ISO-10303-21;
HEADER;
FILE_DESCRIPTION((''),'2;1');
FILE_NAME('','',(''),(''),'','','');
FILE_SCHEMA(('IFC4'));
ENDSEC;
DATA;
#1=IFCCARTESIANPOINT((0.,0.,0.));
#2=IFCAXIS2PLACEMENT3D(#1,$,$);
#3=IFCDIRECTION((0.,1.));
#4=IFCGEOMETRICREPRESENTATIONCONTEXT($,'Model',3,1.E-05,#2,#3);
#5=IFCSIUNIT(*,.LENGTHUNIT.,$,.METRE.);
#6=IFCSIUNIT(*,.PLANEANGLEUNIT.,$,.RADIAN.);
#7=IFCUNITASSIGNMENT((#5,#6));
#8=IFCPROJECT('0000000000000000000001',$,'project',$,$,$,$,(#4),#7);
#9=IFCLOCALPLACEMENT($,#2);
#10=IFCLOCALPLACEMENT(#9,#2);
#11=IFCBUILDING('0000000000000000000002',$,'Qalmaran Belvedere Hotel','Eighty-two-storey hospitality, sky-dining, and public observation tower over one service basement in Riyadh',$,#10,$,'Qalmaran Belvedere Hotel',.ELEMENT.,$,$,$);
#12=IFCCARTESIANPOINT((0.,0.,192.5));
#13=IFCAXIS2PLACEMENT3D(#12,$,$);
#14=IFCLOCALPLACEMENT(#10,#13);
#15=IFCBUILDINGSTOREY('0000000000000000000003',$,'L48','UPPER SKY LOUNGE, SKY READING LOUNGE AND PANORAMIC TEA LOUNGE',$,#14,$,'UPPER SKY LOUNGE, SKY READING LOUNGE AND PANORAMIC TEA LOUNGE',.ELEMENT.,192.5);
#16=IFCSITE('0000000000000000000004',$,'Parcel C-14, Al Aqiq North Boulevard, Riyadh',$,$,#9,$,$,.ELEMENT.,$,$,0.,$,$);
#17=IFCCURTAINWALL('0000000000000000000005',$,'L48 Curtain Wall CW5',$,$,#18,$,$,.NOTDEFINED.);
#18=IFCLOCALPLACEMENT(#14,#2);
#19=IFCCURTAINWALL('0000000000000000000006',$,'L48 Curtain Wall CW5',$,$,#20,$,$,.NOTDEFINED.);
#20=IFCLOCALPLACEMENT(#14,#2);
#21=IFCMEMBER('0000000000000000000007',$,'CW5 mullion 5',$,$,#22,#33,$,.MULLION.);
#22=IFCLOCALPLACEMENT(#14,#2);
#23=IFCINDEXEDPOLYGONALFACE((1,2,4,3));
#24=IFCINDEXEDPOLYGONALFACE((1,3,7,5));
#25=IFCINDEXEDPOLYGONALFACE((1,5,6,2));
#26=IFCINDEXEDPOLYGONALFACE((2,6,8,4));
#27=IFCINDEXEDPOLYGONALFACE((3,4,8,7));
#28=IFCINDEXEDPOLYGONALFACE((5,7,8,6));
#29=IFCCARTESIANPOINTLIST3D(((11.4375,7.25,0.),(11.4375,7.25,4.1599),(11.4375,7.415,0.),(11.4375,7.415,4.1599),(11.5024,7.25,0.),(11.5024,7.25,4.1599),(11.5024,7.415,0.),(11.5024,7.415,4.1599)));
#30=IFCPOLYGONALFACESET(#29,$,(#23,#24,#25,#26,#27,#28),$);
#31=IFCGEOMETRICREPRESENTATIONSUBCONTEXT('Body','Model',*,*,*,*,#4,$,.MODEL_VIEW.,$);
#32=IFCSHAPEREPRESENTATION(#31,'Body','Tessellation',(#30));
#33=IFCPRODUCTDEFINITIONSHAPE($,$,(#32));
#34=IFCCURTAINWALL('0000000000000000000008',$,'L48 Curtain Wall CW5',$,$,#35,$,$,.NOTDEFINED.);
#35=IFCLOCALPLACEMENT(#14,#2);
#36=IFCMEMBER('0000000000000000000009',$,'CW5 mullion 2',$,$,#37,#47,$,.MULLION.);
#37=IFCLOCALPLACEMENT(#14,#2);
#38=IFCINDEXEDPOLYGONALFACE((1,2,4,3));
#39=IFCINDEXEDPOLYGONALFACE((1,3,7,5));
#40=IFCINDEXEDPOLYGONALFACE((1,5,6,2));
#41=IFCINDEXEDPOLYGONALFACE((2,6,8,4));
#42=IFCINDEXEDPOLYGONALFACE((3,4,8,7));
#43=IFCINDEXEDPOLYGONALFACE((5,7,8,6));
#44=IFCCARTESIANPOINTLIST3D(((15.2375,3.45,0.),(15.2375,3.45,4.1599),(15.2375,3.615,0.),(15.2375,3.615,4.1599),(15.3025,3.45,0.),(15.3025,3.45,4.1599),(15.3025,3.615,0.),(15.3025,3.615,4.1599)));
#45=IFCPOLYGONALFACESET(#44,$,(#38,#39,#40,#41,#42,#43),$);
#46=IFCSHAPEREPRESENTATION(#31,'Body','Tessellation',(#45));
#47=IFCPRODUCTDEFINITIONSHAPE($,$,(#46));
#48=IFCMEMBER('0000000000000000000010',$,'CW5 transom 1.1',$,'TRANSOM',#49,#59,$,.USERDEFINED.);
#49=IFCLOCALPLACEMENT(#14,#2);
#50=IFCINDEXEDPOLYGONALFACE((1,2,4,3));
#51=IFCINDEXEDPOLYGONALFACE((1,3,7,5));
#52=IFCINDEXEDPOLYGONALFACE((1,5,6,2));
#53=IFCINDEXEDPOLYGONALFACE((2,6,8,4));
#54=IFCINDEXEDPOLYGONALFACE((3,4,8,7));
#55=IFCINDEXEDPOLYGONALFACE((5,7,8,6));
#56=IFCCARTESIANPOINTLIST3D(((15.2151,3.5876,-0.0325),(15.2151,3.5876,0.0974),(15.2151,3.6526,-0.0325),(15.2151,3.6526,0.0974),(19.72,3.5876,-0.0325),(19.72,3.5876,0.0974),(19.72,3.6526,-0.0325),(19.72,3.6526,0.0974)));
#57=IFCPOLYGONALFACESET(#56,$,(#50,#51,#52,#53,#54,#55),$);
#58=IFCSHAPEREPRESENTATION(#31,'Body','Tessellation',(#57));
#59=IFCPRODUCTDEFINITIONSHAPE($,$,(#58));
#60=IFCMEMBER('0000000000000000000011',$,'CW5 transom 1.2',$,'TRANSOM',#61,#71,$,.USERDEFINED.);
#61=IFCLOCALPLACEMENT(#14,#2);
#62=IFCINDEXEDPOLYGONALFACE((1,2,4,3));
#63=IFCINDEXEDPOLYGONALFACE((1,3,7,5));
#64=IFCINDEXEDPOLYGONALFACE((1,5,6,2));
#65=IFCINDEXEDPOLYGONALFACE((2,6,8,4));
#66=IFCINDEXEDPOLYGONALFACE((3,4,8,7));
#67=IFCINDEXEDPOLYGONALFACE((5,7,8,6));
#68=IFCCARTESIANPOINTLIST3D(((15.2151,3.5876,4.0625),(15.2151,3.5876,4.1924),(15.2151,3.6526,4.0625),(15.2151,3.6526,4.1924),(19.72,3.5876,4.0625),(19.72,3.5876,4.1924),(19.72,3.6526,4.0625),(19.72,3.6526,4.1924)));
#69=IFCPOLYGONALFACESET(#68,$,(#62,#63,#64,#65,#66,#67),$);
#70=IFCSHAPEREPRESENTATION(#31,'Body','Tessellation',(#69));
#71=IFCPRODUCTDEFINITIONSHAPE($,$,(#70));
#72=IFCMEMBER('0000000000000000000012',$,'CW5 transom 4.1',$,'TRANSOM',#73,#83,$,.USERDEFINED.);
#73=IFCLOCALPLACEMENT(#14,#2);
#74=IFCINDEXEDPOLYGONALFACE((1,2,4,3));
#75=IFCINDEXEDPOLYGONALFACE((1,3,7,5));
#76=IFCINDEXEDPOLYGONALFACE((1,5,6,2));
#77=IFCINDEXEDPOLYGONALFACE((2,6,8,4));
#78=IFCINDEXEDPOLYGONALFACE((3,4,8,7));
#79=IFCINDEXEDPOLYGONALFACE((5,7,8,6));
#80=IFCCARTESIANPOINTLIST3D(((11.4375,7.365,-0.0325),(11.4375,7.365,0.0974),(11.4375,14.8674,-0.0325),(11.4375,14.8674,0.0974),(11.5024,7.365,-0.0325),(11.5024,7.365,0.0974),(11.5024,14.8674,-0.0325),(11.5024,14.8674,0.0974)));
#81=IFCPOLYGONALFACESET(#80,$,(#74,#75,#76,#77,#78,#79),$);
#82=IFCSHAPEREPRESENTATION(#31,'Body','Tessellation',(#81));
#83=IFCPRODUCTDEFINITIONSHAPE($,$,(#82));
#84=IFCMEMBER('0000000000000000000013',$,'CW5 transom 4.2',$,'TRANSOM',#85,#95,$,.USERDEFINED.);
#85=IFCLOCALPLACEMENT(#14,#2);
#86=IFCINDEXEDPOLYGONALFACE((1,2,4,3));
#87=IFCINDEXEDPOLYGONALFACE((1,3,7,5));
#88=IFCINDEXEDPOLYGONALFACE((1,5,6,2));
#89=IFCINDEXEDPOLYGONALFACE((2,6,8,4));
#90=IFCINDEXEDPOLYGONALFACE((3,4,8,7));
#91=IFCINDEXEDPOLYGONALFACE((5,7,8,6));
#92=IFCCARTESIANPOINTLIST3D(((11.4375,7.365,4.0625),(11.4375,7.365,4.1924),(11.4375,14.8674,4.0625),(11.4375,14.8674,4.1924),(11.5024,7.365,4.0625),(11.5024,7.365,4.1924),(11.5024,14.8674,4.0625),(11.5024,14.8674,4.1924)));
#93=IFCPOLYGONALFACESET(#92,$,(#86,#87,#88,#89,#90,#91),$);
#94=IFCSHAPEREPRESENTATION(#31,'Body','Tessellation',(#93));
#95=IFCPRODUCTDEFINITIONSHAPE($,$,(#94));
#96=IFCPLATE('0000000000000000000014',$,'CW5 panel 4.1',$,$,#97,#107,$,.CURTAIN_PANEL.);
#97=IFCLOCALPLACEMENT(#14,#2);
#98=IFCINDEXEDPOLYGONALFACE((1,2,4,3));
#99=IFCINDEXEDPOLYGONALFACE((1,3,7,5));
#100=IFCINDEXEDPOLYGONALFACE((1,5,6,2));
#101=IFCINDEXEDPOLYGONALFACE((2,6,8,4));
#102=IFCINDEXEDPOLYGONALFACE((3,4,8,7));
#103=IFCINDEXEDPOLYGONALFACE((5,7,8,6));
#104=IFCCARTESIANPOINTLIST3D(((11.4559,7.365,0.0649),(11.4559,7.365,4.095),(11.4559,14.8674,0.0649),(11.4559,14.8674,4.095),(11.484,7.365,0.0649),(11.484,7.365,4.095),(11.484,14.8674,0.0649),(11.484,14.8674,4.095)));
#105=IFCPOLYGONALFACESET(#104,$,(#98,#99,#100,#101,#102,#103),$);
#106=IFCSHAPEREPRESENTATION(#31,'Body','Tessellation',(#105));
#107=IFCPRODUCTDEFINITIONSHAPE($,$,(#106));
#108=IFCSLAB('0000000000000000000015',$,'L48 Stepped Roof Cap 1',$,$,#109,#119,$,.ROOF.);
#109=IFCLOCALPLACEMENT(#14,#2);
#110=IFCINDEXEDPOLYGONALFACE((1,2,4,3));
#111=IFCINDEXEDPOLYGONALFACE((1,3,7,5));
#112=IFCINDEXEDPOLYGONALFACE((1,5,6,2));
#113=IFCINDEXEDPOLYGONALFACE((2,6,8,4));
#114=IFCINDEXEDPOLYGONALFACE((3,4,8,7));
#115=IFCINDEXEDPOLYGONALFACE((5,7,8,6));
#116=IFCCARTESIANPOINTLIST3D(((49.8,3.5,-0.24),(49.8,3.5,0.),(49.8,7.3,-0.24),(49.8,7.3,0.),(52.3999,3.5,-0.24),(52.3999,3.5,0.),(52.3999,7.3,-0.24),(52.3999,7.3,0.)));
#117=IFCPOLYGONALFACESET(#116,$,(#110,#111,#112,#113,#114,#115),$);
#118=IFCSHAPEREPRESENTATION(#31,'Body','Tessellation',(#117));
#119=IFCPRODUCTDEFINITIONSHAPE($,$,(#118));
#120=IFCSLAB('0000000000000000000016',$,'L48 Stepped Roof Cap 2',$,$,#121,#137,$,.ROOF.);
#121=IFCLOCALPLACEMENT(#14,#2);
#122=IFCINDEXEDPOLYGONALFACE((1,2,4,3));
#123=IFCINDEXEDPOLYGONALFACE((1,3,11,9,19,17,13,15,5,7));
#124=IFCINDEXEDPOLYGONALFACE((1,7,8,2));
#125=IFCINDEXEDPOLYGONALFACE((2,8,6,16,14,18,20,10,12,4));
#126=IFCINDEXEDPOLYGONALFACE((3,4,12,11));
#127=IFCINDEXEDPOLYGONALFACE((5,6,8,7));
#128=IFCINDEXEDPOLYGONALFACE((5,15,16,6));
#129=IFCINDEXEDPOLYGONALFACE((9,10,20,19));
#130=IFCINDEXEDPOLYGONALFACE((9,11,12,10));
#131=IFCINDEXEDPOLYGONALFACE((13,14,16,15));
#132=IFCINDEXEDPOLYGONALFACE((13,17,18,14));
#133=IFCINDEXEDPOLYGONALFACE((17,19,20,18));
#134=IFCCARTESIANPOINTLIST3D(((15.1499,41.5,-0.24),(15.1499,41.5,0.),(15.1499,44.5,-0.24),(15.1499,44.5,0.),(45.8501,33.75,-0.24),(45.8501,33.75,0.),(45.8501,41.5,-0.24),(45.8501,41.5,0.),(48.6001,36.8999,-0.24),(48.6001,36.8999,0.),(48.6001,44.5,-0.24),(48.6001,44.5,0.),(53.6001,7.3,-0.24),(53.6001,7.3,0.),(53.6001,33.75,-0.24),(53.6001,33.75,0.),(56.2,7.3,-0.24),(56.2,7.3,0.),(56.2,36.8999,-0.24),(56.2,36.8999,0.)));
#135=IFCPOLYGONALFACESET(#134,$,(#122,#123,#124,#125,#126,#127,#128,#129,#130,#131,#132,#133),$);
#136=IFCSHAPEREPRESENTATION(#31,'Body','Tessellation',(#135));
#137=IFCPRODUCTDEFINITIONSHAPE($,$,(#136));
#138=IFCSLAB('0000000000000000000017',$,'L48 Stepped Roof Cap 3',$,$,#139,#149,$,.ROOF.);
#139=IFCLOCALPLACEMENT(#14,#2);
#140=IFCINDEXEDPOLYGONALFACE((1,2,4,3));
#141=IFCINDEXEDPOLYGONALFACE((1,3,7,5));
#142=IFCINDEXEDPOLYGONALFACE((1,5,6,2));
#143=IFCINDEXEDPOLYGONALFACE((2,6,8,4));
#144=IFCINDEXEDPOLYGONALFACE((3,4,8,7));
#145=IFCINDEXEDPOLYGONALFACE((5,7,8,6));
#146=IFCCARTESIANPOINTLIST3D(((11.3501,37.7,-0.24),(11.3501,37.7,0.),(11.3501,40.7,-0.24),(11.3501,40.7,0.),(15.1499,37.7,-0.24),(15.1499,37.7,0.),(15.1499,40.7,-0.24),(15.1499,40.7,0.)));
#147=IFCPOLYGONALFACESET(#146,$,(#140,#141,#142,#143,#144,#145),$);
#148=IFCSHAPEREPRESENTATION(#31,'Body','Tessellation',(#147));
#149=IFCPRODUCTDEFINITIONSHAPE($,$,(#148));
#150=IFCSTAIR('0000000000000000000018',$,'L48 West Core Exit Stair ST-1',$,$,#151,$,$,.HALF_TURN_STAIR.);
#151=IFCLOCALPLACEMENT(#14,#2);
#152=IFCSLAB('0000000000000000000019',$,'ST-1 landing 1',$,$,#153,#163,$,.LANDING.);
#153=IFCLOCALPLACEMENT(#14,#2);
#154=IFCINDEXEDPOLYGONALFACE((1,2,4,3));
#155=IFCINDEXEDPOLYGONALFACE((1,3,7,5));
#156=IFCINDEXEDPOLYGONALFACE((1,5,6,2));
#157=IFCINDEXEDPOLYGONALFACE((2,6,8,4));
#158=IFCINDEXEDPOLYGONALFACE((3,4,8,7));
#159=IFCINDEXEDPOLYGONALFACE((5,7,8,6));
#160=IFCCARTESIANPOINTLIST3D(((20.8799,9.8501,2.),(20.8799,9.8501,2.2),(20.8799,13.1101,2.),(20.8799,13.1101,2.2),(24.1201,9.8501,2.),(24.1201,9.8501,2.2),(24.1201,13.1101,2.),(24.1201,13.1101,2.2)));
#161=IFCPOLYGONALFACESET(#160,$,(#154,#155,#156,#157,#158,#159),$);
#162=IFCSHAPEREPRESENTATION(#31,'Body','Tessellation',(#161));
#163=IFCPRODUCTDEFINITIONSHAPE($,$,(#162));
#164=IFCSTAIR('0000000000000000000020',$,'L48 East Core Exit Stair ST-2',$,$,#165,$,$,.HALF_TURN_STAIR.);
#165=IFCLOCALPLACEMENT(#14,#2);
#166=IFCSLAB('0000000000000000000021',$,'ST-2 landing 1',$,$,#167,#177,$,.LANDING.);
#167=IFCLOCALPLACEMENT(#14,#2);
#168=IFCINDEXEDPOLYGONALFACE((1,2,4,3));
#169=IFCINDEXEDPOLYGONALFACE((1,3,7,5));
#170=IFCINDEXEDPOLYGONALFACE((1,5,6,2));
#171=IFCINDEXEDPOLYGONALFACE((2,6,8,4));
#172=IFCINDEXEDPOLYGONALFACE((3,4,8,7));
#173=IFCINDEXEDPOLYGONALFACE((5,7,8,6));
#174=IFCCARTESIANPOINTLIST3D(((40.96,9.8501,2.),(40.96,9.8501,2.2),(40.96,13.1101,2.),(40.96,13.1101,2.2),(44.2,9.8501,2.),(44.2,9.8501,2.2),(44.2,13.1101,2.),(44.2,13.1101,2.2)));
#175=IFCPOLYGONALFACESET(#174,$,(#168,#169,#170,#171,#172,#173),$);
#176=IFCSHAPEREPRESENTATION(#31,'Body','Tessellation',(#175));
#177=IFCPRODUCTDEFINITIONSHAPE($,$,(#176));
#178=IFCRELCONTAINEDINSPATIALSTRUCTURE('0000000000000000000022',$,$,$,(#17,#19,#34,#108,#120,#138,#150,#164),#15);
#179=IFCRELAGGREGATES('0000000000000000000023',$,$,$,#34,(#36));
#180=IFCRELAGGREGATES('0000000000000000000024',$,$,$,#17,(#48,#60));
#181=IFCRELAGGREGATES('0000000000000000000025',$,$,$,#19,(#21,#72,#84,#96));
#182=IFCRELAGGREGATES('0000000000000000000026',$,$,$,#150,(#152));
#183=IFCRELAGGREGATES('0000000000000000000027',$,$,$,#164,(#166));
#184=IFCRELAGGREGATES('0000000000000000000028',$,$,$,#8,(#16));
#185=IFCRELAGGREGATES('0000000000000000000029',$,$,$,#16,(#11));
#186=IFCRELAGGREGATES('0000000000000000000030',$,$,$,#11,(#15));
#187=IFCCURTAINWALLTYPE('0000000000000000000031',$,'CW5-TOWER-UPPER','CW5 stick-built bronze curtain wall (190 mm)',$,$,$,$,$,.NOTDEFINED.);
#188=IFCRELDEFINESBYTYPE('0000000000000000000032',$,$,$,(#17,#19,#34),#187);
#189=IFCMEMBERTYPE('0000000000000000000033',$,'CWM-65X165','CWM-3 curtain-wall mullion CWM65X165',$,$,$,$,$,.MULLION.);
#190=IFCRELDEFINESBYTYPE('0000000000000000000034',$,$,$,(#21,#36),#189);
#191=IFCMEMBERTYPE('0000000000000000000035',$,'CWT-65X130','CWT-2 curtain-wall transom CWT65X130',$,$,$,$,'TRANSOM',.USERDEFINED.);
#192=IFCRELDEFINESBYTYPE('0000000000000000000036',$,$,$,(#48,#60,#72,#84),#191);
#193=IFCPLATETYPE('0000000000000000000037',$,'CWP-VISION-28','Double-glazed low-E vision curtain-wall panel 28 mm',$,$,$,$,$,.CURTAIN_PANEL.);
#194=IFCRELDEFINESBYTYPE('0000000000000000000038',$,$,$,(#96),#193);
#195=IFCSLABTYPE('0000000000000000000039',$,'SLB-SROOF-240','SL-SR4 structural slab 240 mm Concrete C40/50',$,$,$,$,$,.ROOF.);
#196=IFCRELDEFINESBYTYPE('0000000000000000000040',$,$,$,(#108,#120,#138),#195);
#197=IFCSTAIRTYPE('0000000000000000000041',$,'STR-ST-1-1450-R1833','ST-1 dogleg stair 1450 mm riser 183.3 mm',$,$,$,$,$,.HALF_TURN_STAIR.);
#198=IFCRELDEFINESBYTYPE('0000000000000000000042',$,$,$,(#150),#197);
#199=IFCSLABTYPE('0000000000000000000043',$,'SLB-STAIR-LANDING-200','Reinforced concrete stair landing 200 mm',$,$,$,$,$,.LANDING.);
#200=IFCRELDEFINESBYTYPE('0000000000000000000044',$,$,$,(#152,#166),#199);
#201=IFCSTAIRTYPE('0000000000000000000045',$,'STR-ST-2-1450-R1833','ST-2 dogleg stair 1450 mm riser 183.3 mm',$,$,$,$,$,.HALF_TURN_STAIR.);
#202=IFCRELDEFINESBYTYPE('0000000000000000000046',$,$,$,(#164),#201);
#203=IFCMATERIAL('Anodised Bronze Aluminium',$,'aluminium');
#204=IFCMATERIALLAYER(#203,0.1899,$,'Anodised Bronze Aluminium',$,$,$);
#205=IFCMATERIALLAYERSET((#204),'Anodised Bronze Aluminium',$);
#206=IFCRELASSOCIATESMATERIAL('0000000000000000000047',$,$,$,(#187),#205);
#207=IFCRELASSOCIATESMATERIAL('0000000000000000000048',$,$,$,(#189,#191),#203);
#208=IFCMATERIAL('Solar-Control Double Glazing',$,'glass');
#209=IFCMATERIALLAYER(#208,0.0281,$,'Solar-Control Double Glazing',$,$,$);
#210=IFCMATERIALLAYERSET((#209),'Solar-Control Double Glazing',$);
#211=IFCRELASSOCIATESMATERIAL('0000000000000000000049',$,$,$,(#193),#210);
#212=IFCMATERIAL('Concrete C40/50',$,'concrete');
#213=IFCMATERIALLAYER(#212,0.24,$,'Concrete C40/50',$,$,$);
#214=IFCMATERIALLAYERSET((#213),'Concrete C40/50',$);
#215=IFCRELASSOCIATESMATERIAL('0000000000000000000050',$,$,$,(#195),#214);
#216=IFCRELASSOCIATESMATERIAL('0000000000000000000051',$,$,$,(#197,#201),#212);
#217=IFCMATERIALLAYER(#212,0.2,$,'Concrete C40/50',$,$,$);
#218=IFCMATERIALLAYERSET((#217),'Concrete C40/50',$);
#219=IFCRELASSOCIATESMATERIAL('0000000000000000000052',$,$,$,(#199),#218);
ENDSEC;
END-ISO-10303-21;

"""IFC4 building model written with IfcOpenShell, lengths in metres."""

from ifc_helpers import new_model, si_unit, direction, frame, origin, origin_2d, place, context, subcontext, project, spatial, polyline, rectangle, outline, extrude, material, layer, layer_set, material_profile, profile_set, type_object, element, aggregate, save


model = new_model("IFC4")

# Units and contexts
model_context = context("Model", 3, precision=1e-05, world=origin(), true_north=direction((0.0, 1.0)))
body_context = subcontext(model_context, "Body", "Model", "MODEL_VIEW")
ifc_project = project(units=[si_unit("LENGTHUNIT", "METRE"), si_unit("PLANEANGLEUNIT", "RADIAN")], contexts=[model_context])

# Site, building, storey
site_placement = place(None, origin())
site = spatial("IfcSite", under=ifc_project, at=site_placement, Name="Parcel C-14, Al Aqiq North Boulevard, Riyadh", CompositionType="ELEMENT", RefElevation=0.0)
building_placement = place(site_placement, origin())
building = spatial("IfcBuilding", under=site, at=building_placement, Name="Qalmaran Belvedere Hotel", Description="Eighty-two-storey hospitality, sky-dining, and public observation tower over one service basement in Riyadh", LongName="Qalmaran Belvedere Hotel", CompositionType="ELEMENT")
storey_placement = place(building_placement, frame((0.0, 0.0, 192.5)))
storey = spatial("IfcBuildingStorey", under=building, at=storey_placement, Name="L48", Description="UPPER SKY LOUNGE, SKY READING LOUNGE AND PANORAMIC TEA LOUNGE", LongName="UPPER SKY LOUNGE, SKY READING LOUNGE AND PANORAMIC TEA LOUNGE", CompositionType="ELEMENT", Elevation=192.5)

# Curtain wall
ifc_material_1 = material(Name="Anodised Bronze Aluminium", Category="aluminium")
ifc_layer_1 = layer(ifc_material_1, 0.1899, Name="Anodised Bronze Aluminium")
ifc_layer_set_1 = layer_set([ifc_layer_1], Name="Anodised Bronze Aluminium")
curtain_wall_type = type_object("IfcCurtainWallType", Name="CW5-TOWER-UPPER", Description="CW5 stick-built bronze curtain wall (190 mm)", PredefinedType="NOTDEFINED", material=ifc_layer_set_1)
curtain_wall_1_placement = place(storey_placement, origin())
curtain_wall_1 = element("IfcCurtainWall", 1, at=curtain_wall_1_placement, inside=storey, type_object=curtain_wall_type, Name="L48 Curtain Wall CW5", PredefinedType="NOTDEFINED")
ifc_material_profile_1 = material_profile(ifc_material_1, rectangle(XDim=0.0649, YDim=0.165, at=origin_2d()), Name="CWM65X165")
ifc_profile_set_1 = profile_set([ifc_material_profile_1], Name="Anodised Bronze Aluminium")
member_type_1 = type_object("IfcMemberType", Name="CWM-65X165", Description="CWM-3 curtain-wall mullion CWM65X165", PredefinedType="MULLION", material=ifc_profile_set_1)

# Curtain wall, member
curtain_wall_2_placement = place(storey_placement, origin())
curtain_wall_2 = element("IfcCurtainWall", 2, at=curtain_wall_2_placement, inside=storey, type_object=curtain_wall_type, Name="L48 Curtain Wall CW5", PredefinedType="NOTDEFINED")
member_1_placement = place(storey_placement, frame((11.47, 7.3325, 0.0), z_axis=(0.0, 0.0, 1.0), x_axis=(1.0, 0.0, 0.0)))
member_1 = element("IfcMember", 3, at=member_1_placement, type_object=member_type_1, Name="CW5 mullion 5", PredefinedType="MULLION", context=body_context, shape_type="SweptSolid", body=[
    extrude(rectangle(XDim=0.0649, YDim=0.165, at=origin_2d()), origin(), (0.0, 0.0, 1.0), 4.1599),
])

# Curtain wall, member
curtain_wall_3_placement = place(storey_placement, origin())
curtain_wall_3 = element("IfcCurtainWall", 4, at=curtain_wall_3_placement, inside=storey, type_object=curtain_wall_type, Name="L48 Curtain Wall CW5", PredefinedType="NOTDEFINED")
member_2_placement = place(storey_placement, frame((15.27, 3.5325, 0.0), z_axis=(0.0, 0.0, 1.0), x_axis=(1.0, 0.0, 0.0)))
member_2 = element("IfcMember", 5, at=member_2_placement, type_object=member_type_1, Name="CW5 mullion 2", PredefinedType="MULLION", context=body_context, shape_type="SweptSolid", body=[
    extrude(rectangle(XDim=0.0649, YDim=0.165, at=origin_2d()), origin(), (0.0, 0.0, 1.0), 4.1599),
])
aggregate(curtain_wall_3, [member_2])

# Members
ifc_material_profile_2 = material_profile(ifc_material_1, rectangle(XDim=0.0649, YDim=0.1299, at=origin_2d()), Name="CWT65X130")
ifc_profile_set_2 = profile_set([ifc_material_profile_2], Name="Anodised Bronze Aluminium")
member_type_2 = type_object("IfcMemberType", Name="CWT-65X130", Description="CWT-2 curtain-wall transom CWT65X130", ElementType="TRANSOM", PredefinedType="USERDEFINED", material=ifc_profile_set_2)
member_3_placement = place(storey_placement, frame((15.2151, 3.6201, 0.0325), z_axis=(1.0, 0.0, 0.0), x_axis=(0.0, 1.0, 0.0)))
member_3 = element("IfcMember", 6, at=member_3_placement, type_object=member_type_2, Name="CW5 transom 1.1", ObjectType="TRANSOM", PredefinedType="USERDEFINED", context=body_context, shape_type="SweptSolid", body=[
    extrude(rectangle(XDim=0.0649, YDim=0.1299, at=origin_2d()), origin(), (0.0, 0.0, 1.0), 4.5049),
])
member_4_placement = place(storey_placement, frame((15.2151, 3.6201, 4.1274), z_axis=(1.0, 0.0, 0.0), x_axis=(0.0, 1.0, 0.0)))
member_4 = element("IfcMember", 7, at=member_4_placement, type_object=member_type_2, Name="CW5 transom 1.2", ObjectType="TRANSOM", PredefinedType="USERDEFINED", context=body_context, shape_type="SweptSolid", body=[
    extrude(rectangle(XDim=0.0649, YDim=0.1299, at=origin_2d()), origin(), (0.0, 0.0, 1.0), 4.5049),
])
aggregate(curtain_wall_1, [member_3, member_4])
member_5_placement = place(storey_placement, frame((11.47, 14.8674, 0.0325), z_axis=(0.0, -1.0, 0.0), x_axis=(1.0, 0.0, 0.0)))
member_5 = element("IfcMember", 8, at=member_5_placement, type_object=member_type_2, Name="CW5 transom 4.1", ObjectType="TRANSOM", PredefinedType="USERDEFINED", context=body_context, shape_type="SweptSolid", body=[
    extrude(rectangle(XDim=0.0649, YDim=0.1299, at=origin_2d()), origin(), (0.0, 0.0, 1.0), 7.5024),
])
member_6_placement = place(storey_placement, frame((11.47, 14.8674, 4.1274), z_axis=(0.0, -1.0, 0.0), x_axis=(1.0, 0.0, 0.0)))
member_6 = element("IfcMember", 9, at=member_6_placement, type_object=member_type_2, Name="CW5 transom 4.2", ObjectType="TRANSOM", PredefinedType="USERDEFINED", context=body_context, shape_type="SweptSolid", body=[
    extrude(rectangle(XDim=0.0649, YDim=0.1299, at=origin_2d()), origin(), (0.0, 0.0, 1.0), 7.5024),
])

# Plate
ifc_material_2 = material(Name="Solar-Control Double Glazing", Category="glass")
ifc_layer_2 = layer(ifc_material_2, 0.0281, Name="Solar-Control Double Glazing")
ifc_layer_set_2 = layer_set([ifc_layer_2], Name="Solar-Control Double Glazing")
plate_type = type_object("IfcPlateType", Name="CWP-VISION-28", Description="Double-glazed low-E vision curtain-wall panel 28 mm", PredefinedType="CURTAIN_PANEL", material=ifc_layer_set_2)
plate_placement = place(storey_placement, frame((11.47, 11.1162, 0.0649), z_axis=(0.0, 0.0, 1.0), x_axis=(0.0, -1.0, 0.0)))
plate = element("IfcPlate", 10, at=plate_placement, type_object=plate_type, Name="CW5 panel 4.1", PredefinedType="CURTAIN_PANEL", context=body_context, shape_type="SweptSolid", body=[
    extrude(rectangle(XDim=7.5024, YDim=0.0281, at=origin_2d()), origin(), (0.0, 0.0, 1.0), 4.03),
])
aggregate(curtain_wall_2, [member_1, member_5, member_6, plate])

# Slabs
ifc_material_3 = material(Name="Concrete C40/50", Category="concrete")
ifc_layer_3 = layer(ifc_material_3, 0.24, Name="Concrete C40/50")
ifc_layer_set_3 = layer_set([ifc_layer_3], Name="Concrete C40/50")
slab_type_1 = type_object("IfcSlabType", Name="SLB-SROOF-240", Description="SL-SR4 structural slab 240 mm Concrete C40/50", PredefinedType="ROOF", material=ifc_layer_set_3)
slab_1_placement = place(storey_placement, frame((0.0, 0.0, -0.24)))
element("IfcSlab", 11, at=slab_1_placement, inside=storey, type_object=slab_type_1, Name="L48 Stepped Roof Cap 1", PredefinedType="ROOF", context=body_context, shape_type="SweptSolid", body=[
    extrude(outline(polyline([(52.3999, 3.5), (49.8, 3.5), (49.8, 7.3), (52.3999, 7.3), (52.3999, 3.5)])), origin(), (0.0, 0.0, 1.0), 0.24),
])
slab_2_placement = place(storey_placement, frame((0.0, 0.0, -0.24)))
element("IfcSlab", 12, at=slab_2_placement, inside=storey, type_object=slab_type_1, Name="L48 Stepped Roof Cap 2", PredefinedType="ROOF", context=body_context, shape_type="SweptSolid", body=[
    extrude(outline(polyline([(15.1499, 44.5), (48.6001, 44.5), (48.6001, 36.8999), (56.2, 36.8999), (56.2, 7.3), (53.6001, 7.3), (53.6001, 33.75), (45.8501, 33.75), (45.8501, 41.5), (15.1499, 41.5), (15.1499, 44.5)])), origin(), (0.0, 0.0, 1.0), 0.24),
])
slab_3_placement = place(storey_placement, frame((0.0, 0.0, -0.24)))
element("IfcSlab", 13, at=slab_3_placement, inside=storey, type_object=slab_type_1, Name="L48 Stepped Roof Cap 3", PredefinedType="ROOF", context=body_context, shape_type="SweptSolid", body=[
    extrude(outline(polyline([(11.3501, 40.7), (15.1499, 40.7), (15.1499, 37.7), (11.3501, 37.7), (11.3501, 40.7)])), origin(), (0.0, 0.0, 1.0), 0.24),
])

# Stairs, slabs
stair_type_1 = type_object("IfcStairType", Name="STR-ST-1-1450-R1833", Description="ST-1 dogleg stair 1450 mm riser 183.3 mm", PredefinedType="HALF_TURN_STAIR", material=ifc_material_3)
stair_1_placement = place(storey_placement, origin())
stair_1 = element("IfcStair", 14, at=stair_1_placement, inside=storey, type_object=stair_type_1, Name="L48 West Core Exit Stair ST-1", PredefinedType="HALF_TURN_STAIR")
ifc_layer_4 = layer(ifc_material_3, 0.2, Name="Concrete C40/50")
ifc_layer_set_4 = layer_set([ifc_layer_4], Name="Concrete C40/50")
slab_type_2 = type_object("IfcSlabType", Name="SLB-STAIR-LANDING-200", Description="Reinforced concrete stair landing 200 mm", PredefinedType="LANDING", material=ifc_layer_set_4)
slab_4_placement = place(storey_placement, frame((0.0, 0.0, 2.0)))
slab_4 = element("IfcSlab", 15, at=slab_4_placement, type_object=slab_type_2, Name="ST-1 landing 1", PredefinedType="LANDING", context=body_context, shape_type="SweptSolid", body=[
    extrude(outline(polyline([(20.8799, 13.1101), (20.8799, 9.8501), (24.1201, 9.8501), (24.1201, 13.1101), (20.8799, 13.1101)])), origin(), (0.0, 0.0, 1.0), 0.2),
])
aggregate(stair_1, [slab_4])
stair_type_2 = type_object("IfcStairType", Name="STR-ST-2-1450-R1833", Description="ST-2 dogleg stair 1450 mm riser 183.3 mm", PredefinedType="HALF_TURN_STAIR", material=ifc_material_3)
stair_2_placement = place(storey_placement, origin())
stair_2 = element("IfcStair", 16, at=stair_2_placement, inside=storey, type_object=stair_type_2, Name="L48 East Core Exit Stair ST-2", PredefinedType="HALF_TURN_STAIR")
slab_5_placement = place(storey_placement, frame((0.0, 0.0, 2.0)))
slab_5 = element("IfcSlab", 17, at=slab_5_placement, type_object=slab_type_2, Name="ST-2 landing 1", PredefinedType="LANDING", context=body_context, shape_type="SweptSolid", body=[
    extrude(outline(polyline([(40.96, 13.1101), (40.96, 9.8501), (44.2, 9.8501), (44.2, 13.1101), (40.96, 13.1101)])), origin(), (0.0, 0.0, 1.0), 0.2),
])
aggregate(stair_2, [slab_5])

save(model, "model.ifc")
